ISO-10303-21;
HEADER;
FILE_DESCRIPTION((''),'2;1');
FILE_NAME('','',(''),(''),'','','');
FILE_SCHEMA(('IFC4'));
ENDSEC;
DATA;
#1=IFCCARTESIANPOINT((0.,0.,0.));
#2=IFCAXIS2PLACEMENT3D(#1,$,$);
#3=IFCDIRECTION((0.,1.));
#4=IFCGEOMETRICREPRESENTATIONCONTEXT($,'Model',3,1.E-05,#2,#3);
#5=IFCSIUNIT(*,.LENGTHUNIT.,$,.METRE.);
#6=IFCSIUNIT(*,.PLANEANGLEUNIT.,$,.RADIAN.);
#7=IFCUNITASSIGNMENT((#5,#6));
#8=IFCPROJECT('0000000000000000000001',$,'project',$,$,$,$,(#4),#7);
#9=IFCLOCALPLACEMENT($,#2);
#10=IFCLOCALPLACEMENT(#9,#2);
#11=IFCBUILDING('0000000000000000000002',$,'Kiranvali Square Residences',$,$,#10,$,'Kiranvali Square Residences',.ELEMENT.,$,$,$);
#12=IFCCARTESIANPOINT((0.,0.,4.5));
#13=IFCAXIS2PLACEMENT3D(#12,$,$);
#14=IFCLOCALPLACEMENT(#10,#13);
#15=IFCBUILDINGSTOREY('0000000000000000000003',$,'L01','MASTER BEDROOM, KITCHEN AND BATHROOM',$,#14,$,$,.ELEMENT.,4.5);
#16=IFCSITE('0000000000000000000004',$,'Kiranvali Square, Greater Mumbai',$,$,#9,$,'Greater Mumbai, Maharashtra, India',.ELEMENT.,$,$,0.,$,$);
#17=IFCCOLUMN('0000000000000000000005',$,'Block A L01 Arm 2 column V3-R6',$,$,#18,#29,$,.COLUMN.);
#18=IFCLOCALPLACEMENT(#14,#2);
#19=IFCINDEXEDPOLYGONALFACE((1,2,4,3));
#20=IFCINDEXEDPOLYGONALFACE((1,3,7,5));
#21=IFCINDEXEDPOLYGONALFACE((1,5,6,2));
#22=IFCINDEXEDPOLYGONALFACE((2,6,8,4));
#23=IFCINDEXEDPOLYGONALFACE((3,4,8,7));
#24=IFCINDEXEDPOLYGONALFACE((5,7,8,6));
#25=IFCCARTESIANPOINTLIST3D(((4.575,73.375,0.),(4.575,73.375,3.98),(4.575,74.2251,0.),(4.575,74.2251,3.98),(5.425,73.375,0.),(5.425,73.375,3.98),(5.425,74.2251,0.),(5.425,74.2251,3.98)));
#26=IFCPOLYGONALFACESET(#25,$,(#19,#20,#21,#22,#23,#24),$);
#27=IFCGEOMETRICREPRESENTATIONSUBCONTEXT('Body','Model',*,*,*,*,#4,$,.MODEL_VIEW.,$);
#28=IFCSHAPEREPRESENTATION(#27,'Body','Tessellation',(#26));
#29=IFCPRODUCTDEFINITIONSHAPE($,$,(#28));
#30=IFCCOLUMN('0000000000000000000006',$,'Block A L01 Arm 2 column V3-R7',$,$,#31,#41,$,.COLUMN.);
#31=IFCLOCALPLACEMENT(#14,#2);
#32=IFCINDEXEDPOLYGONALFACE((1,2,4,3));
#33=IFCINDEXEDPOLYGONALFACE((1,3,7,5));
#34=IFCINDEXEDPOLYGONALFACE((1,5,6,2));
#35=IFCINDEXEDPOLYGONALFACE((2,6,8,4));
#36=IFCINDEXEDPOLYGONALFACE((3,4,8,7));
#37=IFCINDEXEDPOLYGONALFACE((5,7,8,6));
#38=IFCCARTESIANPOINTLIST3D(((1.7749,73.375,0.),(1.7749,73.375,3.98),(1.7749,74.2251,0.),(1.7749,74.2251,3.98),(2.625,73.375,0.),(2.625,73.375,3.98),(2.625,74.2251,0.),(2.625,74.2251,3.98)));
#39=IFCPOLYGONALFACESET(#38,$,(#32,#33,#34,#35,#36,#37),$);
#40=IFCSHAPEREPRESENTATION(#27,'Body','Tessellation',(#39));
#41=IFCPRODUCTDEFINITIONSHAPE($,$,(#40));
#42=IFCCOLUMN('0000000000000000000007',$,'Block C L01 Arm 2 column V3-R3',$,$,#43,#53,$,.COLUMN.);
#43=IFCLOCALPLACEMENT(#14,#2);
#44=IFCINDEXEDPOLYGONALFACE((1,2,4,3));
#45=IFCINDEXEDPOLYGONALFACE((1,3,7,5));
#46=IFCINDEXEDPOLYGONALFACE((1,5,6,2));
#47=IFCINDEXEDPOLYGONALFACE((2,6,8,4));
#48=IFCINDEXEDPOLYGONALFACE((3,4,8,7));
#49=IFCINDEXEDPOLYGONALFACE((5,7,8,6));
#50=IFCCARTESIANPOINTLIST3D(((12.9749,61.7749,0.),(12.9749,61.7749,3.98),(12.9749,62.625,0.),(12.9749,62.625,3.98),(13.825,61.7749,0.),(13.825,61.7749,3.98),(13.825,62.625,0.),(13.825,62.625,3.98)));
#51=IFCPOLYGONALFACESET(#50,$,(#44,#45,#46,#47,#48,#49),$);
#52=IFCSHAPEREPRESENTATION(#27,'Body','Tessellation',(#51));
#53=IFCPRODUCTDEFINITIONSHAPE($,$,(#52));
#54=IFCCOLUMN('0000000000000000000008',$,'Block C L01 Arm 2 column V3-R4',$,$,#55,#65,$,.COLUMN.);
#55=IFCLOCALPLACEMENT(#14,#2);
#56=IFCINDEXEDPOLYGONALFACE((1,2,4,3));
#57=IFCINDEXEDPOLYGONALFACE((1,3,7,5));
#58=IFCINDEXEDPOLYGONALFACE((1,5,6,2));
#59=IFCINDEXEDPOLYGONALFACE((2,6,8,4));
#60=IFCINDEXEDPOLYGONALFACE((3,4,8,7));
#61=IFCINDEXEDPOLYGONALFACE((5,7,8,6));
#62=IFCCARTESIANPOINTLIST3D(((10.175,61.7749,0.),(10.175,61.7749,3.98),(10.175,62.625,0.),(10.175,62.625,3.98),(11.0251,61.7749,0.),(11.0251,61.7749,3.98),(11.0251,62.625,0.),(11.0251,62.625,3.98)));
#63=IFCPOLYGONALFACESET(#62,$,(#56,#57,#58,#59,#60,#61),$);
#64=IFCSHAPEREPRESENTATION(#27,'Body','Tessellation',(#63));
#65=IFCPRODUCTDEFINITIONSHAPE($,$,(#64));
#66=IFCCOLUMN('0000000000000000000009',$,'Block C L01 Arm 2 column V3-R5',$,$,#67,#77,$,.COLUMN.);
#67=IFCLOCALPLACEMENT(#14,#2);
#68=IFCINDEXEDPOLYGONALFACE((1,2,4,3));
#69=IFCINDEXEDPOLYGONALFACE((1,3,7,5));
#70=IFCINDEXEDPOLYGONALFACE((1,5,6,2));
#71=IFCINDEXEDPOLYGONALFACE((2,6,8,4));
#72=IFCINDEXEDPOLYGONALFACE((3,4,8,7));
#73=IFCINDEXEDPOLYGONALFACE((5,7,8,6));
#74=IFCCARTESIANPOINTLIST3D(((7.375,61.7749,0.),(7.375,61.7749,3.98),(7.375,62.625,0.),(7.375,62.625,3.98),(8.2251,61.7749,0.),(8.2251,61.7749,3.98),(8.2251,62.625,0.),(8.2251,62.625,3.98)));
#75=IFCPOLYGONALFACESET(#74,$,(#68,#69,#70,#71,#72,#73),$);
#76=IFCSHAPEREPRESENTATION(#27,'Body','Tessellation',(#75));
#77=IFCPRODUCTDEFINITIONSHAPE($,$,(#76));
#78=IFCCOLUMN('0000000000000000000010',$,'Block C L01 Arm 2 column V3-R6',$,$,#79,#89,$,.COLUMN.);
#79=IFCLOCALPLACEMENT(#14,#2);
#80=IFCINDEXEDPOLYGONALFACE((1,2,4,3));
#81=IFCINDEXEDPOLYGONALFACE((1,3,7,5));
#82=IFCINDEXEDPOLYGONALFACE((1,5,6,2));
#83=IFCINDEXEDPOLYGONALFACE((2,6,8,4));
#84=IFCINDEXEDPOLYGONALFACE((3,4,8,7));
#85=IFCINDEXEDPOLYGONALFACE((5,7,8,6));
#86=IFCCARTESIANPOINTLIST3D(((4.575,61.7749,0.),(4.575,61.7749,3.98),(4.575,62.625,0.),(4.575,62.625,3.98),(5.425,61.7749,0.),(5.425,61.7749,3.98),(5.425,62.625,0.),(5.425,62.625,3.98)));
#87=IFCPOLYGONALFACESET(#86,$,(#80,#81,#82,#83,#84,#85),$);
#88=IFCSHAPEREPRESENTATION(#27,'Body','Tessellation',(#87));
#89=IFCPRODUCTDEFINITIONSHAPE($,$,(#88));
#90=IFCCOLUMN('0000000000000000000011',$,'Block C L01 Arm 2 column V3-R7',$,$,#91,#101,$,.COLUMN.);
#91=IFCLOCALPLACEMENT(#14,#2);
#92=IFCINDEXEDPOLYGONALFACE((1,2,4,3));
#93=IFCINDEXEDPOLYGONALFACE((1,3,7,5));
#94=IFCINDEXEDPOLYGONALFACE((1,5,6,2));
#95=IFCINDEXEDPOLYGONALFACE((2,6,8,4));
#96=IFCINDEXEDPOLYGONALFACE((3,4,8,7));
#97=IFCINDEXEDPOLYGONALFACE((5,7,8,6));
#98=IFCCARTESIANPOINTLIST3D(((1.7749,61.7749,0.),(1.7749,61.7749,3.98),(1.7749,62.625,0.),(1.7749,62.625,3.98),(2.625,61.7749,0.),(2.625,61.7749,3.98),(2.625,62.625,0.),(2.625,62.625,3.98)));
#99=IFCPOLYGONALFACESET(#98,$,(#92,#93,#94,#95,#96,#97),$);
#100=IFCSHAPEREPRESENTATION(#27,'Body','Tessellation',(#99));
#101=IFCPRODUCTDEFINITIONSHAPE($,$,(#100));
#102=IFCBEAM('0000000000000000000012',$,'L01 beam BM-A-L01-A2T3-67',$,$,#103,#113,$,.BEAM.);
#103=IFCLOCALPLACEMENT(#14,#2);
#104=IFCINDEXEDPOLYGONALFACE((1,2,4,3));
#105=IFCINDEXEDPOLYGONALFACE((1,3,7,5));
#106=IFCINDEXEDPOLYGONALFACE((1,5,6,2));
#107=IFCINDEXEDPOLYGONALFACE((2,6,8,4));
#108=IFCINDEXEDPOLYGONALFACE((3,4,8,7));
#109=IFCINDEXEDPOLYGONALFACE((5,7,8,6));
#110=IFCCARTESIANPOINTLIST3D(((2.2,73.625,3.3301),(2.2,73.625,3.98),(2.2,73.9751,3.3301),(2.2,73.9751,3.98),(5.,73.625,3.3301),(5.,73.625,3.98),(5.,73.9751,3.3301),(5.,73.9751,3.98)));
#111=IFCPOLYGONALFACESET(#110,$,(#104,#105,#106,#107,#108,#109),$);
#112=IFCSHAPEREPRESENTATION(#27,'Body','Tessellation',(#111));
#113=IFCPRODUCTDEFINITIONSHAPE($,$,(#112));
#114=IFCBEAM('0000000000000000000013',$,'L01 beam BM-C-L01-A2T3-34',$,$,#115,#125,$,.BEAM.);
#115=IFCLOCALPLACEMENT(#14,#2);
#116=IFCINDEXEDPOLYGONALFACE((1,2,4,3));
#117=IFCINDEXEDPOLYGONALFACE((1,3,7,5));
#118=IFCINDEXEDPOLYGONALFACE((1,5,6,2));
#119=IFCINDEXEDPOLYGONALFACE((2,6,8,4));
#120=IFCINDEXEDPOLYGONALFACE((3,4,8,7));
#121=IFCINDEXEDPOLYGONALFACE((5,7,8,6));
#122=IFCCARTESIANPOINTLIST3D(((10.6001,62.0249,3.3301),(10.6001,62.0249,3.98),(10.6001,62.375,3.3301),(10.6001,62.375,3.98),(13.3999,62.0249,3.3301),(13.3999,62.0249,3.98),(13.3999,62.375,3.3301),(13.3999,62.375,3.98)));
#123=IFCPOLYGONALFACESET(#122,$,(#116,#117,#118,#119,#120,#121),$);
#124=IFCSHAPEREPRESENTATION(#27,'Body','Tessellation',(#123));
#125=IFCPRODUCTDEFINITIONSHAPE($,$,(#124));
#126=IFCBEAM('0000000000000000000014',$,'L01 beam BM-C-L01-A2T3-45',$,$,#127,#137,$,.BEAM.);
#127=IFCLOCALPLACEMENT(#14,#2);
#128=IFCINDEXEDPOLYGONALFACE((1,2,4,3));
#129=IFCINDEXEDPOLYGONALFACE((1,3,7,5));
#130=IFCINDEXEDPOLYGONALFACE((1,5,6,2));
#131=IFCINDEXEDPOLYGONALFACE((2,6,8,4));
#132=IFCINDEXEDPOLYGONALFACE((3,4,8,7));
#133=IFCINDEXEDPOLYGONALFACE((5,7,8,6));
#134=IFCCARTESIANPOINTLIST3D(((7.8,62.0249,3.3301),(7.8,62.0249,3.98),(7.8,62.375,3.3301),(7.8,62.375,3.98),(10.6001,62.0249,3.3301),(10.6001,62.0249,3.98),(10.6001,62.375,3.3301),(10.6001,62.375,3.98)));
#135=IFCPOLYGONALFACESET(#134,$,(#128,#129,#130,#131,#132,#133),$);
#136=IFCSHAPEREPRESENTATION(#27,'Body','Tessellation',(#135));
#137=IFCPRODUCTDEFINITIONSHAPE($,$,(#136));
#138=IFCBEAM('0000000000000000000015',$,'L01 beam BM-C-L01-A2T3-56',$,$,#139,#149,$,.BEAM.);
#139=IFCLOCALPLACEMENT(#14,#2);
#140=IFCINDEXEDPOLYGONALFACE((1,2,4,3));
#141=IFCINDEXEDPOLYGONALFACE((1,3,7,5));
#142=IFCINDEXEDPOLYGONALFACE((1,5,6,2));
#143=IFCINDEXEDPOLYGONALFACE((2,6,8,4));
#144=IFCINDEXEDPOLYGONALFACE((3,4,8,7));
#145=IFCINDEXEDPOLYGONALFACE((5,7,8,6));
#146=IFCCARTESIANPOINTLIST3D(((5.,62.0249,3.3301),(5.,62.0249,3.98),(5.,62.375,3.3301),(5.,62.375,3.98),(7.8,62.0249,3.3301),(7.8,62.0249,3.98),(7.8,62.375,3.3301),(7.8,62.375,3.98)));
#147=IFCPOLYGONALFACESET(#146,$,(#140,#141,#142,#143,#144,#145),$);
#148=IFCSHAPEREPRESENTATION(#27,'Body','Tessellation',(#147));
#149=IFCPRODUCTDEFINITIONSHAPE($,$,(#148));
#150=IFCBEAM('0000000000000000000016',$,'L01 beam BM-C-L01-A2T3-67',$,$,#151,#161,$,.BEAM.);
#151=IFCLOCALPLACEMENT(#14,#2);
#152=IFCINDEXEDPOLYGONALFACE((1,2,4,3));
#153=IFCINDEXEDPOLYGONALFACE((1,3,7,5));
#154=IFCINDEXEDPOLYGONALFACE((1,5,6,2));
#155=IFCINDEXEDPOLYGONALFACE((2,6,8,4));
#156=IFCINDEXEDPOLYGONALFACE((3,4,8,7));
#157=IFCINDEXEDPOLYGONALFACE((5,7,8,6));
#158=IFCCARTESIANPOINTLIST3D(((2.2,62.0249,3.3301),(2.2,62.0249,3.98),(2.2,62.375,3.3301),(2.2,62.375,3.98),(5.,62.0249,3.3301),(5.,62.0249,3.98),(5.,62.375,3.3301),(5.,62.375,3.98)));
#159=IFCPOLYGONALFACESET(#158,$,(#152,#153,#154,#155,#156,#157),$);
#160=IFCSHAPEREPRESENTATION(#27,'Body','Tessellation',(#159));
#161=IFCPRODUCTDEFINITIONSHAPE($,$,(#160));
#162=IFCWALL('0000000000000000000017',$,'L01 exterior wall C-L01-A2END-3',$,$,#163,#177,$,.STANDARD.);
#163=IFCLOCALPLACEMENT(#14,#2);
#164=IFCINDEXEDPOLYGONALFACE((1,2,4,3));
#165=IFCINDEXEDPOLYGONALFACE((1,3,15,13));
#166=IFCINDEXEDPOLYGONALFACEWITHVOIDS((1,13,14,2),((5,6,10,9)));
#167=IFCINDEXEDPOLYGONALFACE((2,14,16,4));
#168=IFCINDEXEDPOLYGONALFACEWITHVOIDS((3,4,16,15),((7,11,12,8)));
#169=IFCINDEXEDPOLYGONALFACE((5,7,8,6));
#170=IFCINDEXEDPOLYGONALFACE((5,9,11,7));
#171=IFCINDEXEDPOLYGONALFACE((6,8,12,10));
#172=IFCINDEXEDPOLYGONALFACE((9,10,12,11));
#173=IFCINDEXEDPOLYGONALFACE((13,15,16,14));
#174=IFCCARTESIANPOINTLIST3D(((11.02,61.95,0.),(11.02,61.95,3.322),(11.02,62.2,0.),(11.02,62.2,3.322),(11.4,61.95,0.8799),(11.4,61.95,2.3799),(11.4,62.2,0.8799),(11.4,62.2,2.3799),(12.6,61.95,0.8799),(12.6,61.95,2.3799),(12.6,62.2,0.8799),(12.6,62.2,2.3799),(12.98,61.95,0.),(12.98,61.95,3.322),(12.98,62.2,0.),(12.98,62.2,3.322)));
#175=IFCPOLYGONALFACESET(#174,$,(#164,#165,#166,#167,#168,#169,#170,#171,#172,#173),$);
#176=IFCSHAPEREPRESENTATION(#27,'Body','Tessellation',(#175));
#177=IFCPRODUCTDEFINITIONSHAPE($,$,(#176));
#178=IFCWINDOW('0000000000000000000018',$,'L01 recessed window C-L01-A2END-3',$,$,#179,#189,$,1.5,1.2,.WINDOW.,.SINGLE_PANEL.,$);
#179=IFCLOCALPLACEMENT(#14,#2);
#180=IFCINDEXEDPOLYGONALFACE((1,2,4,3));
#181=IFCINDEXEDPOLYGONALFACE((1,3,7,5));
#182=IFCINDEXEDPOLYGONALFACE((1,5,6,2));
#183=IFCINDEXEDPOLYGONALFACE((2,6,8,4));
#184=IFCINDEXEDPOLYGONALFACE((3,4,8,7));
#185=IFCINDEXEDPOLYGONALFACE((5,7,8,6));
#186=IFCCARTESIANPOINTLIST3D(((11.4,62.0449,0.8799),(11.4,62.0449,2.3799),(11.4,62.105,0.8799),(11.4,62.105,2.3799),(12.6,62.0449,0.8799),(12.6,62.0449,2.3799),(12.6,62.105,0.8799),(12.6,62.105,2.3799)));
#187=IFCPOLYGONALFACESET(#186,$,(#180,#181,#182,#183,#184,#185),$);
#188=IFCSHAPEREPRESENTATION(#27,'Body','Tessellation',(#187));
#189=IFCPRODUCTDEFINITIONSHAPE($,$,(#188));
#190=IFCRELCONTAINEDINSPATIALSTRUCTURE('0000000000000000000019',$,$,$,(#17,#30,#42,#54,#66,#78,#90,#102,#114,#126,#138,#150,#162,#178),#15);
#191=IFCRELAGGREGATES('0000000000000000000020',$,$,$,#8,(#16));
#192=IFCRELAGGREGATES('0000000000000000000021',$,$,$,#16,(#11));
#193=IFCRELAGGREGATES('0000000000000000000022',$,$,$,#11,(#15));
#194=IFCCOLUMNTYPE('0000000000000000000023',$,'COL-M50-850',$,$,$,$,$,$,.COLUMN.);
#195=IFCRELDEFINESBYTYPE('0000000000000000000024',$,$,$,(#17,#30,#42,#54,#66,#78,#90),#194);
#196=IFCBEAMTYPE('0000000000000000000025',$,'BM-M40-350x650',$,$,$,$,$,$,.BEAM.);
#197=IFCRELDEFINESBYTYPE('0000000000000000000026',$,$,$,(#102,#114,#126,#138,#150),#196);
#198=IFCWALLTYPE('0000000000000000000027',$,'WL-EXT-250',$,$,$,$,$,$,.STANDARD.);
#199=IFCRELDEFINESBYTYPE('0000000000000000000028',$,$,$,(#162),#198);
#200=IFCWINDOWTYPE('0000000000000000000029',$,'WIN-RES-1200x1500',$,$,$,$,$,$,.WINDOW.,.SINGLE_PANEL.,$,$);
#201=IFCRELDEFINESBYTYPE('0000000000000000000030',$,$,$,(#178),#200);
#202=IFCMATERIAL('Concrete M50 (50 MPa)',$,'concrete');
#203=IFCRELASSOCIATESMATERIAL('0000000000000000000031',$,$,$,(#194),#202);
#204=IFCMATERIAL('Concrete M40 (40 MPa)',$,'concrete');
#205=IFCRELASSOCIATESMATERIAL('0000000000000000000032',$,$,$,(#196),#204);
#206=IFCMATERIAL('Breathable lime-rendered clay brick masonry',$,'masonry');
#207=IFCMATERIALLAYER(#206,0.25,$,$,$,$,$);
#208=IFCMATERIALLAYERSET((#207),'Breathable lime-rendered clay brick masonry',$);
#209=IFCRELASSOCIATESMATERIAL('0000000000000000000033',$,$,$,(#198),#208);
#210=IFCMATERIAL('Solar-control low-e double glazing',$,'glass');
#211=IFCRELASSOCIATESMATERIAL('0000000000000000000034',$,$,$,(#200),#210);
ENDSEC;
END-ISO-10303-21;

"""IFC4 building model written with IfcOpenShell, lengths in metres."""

from ifc_helpers import new_model, si_unit, direction, frame, frame_2d, origin, origin_2d, place, context, subcontext, project, spatial, rectangle, extrude, material, layer, layer_set, material_profile, profile_set, type_object, element, fill, save


model = new_model("IFC4")

# Units and contexts
model_context = context("Model", 3, precision=1e-05, world=origin(), true_north=direction((0.0, 1.0)))
body_context = subcontext(model_context, "Body", "Model", "MODEL_VIEW")
ifc_project = project(units=[si_unit("LENGTHUNIT", "METRE"), si_unit("PLANEANGLEUNIT", "RADIAN")], contexts=[model_context])

# Site, building, storey
site_placement = place(None, origin())
site = spatial("IfcSite", under=ifc_project, at=site_placement, Name="Kiranvali Square, Greater Mumbai", LongName="Greater Mumbai, Maharashtra, India", CompositionType="ELEMENT", RefElevation=0.0)
building_placement = place(site_placement, origin())
building = spatial("IfcBuilding", under=site, at=building_placement, Name="Kiranvali Square Residences", LongName="Kiranvali Square Residences", CompositionType="ELEMENT")
storey_placement = place(building_placement, frame((0.0, 0.0, 4.5)))
storey = spatial("IfcBuildingStorey", under=building, at=storey_placement, Name="L01", Description="MASTER BEDROOM, KITCHEN AND BATHROOM", CompositionType="ELEMENT", Elevation=4.5)

# Columns
ifc_material_1 = material(Name="Concrete M50 (50 MPa)", Category="concrete")
ifc_material_profile_1 = material_profile(ifc_material_1, rectangle(XDim=0.8501, YDim=0.8501, at=origin_2d()), Name="RC 850x850")
ifc_profile_set_1 = profile_set([ifc_material_profile_1], Name="Concrete M50 (50 MPa)")
column_type = type_object("IfcColumnType", Name="COL-M50-850", PredefinedType="COLUMN", material=ifc_profile_set_1)
for number, where, z_axis, x_axis, name in (
    (1, (5.0, 73.8, 0.0), (0.0, 0.0, 1.0), (1.0, 0.0, 0.0), "Block A L01 Arm 2 column V3-R6"),
    (2, (2.2, 73.8, 0.0), (0.0, 0.0, 1.0), (1.0, 0.0, 0.0), "Block A L01 Arm 2 column V3-R7"),
    (3, (13.3999, 62.2, 0.0), (0.0, 0.0, 1.0), (1.0, 0.0, 0.0), "Block C L01 Arm 2 column V3-R3"),
    (4, (10.6001, 62.2, 0.0), (0.0, 0.0, 1.0), (1.0, 0.0, 0.0), "Block C L01 Arm 2 column V3-R4"),
    (5, (7.8, 62.2, 0.0), (0.0, 0.0, 1.0), (1.0, 0.0, 0.0), "Block C L01 Arm 2 column V3-R5"),
    (6, (5.0, 62.2, 0.0), (0.0, 0.0, 1.0), (1.0, 0.0, 0.0), "Block C L01 Arm 2 column V3-R6"),
    (7, (2.2, 62.2, 0.0), (0.0, 0.0, 1.0), (1.0, 0.0, 0.0), "Block C L01 Arm 2 column V3-R7"),
):
    element("IfcColumn", number, at=place(storey_placement, frame(where, z_axis=z_axis, x_axis=x_axis)), inside=storey, type_object=column_type, Name=name, PredefinedType="COLUMN", context=body_context, shape_type="SweptSolid", body=[
        extrude(rectangle(XDim=0.8501, YDim=0.8501, at=origin_2d()), origin(), (0.0, 0.0, 1.0), 3.98),
    ])

# Beams
ifc_material_2 = material(Name="Concrete M40 (40 MPa)", Category="concrete")
ifc_material_profile_2 = material_profile(ifc_material_2, rectangle(XDim=0.3501, YDim=0.6499, at=origin_2d()), Name="RC 350x650")
ifc_profile_set_2 = profile_set([ifc_material_profile_2], Name="Concrete M40 (40 MPa)")
beam_type = type_object("IfcBeamType", Name="BM-M40-350x650", PredefinedType="BEAM", material=ifc_profile_set_2)
beam_1_placement = place(storey_placement, frame((5.0, 73.8, 3.655), z_axis=(-1.0, 0.0, 0.0), x_axis=(0.0, -1.0, 0.0)))
element("IfcBeam", 8, at=beam_1_placement, inside=storey, type_object=beam_type, Name="L01 beam BM-A-L01-A2T3-67", PredefinedType="BEAM", context=body_context, shape_type="SweptSolid", body=[
    extrude(rectangle(XDim=0.3501, YDim=0.6499, at=origin_2d()), origin(), (0.0, 0.0, 1.0), 2.8),
])
beam_2_placement = place(storey_placement, frame((13.3999, 62.2, 3.655), z_axis=(-1.0, 0.0, 0.0), x_axis=(0.0, -1.0, 0.0)))
element("IfcBeam", 9, at=beam_2_placement, inside=storey, type_object=beam_type, Name="L01 beam BM-C-L01-A2T3-34", PredefinedType="BEAM", context=body_context, shape_type="SweptSolid", body=[
    extrude(rectangle(XDim=0.3501, YDim=0.6499, at=origin_2d()), origin(), (0.0, 0.0, 1.0), 2.7998),
])
for number, where, z_axis, x_axis, name in (
    (10, (10.6001, 62.2, 3.655), (-1.0, 0.0, 0.0), (0.0, -1.0, 0.0), "L01 beam BM-C-L01-A2T3-45"),
    (11, (7.8, 62.2, 3.655), (-1.0, 0.0, 0.0), (0.0, -1.0, 0.0), "L01 beam BM-C-L01-A2T3-56"),
    (12, (5.0, 62.2, 3.655), (-1.0, 0.0, 0.0), (0.0, -1.0, 0.0), "L01 beam BM-C-L01-A2T3-67"),
):
    element("IfcBeam", number, at=place(storey_placement, frame(where, z_axis=z_axis, x_axis=x_axis)), inside=storey, type_object=beam_type, Name=name, PredefinedType="BEAM", context=body_context, shape_type="SweptSolid", body=[
        extrude(rectangle(XDim=0.3501, YDim=0.6499, at=origin_2d()), origin(), (0.0, 0.0, 1.0), 2.8),
    ])

# Wall, opening, window
ifc_material_3 = material(Name="Breathable lime-rendered clay brick masonry", Category="masonry")
ifc_layer = layer(ifc_material_3, 0.25)
ifc_layer_set = layer_set([ifc_layer], Name="Breathable lime-rendered clay brick masonry")
wall_type = type_object("IfcWallType", Name="WL-EXT-250", PredefinedType="STANDARD", material=ifc_layer_set)
wall_1_placement = place(storey_placement, frame((12.98, 62.075, 0.0), z_axis=(0.0, 0.0, 1.0), x_axis=(-1.0, 0.0, 0.0)))
wall_1 = element("IfcWall", 13, at=wall_1_placement, inside=storey, type_object=wall_type, Name="L01 exterior wall C-L01-A2END-3", PredefinedType="STANDARD", context=body_context, shape_type="SweptSolid", body=[
    extrude(rectangle(XDim=1.96, YDim=0.25, at=frame_2d((0.98, 0.0))), origin(), (0.0, 0.0, 1.0), 3.322),
])
opening_1_placement = place(wall_1_placement, frame((0.3799, 0.0, 0.8799)))
opening_1 = element("IfcOpeningElement", 14, at=opening_1_placement, cuts=wall_1, PredefinedType="OPENING", context=body_context, shape_type="SweptSolid", body=[
    extrude(rectangle(XDim=1.2, YDim=1.5, at=frame_2d((0.6001, 0.75))), frame((0.0, 0.135, 0.0), z_axis=(0.0, -1.0, 0.0), x_axis=(1.0, 0.0, 0.0)), (0.0, 0.0, 1.0), 0.27),
])
ifc_material_4 = material(Name="Solar-control low-e double glazing", Category="glass")
window_type = type_object("IfcWindowType", Name="WIN-RES-1200x1500", PartitioningType="SINGLE_PANEL", PredefinedType="WINDOW", material=ifc_material_4)
window_1_placement = place(opening_1_placement, origin())
window_1 = element("IfcWindow", 15, at=window_1_placement, inside=storey, type_object=window_type, Name="L01 recessed window C-L01-A2END-3", OverallHeight=1.5, OverallWidth=1.2, PartitioningType="SINGLE_PANEL", PredefinedType="WINDOW", context=body_context, shape_type="SweptSolid", body=[
    extrude(rectangle(XDim=1.2, YDim=1.5, at=frame_2d((0.6001, 0.75))), frame((0.0, 0.03, 0.0), z_axis=(0.0, -1.0, 0.0), x_axis=(1.0, 0.0, 0.0)), (0.0, 0.0, 1.0), 0.0601),
])
fill(opening_1, window_1)

save(model, "model.ifc")
